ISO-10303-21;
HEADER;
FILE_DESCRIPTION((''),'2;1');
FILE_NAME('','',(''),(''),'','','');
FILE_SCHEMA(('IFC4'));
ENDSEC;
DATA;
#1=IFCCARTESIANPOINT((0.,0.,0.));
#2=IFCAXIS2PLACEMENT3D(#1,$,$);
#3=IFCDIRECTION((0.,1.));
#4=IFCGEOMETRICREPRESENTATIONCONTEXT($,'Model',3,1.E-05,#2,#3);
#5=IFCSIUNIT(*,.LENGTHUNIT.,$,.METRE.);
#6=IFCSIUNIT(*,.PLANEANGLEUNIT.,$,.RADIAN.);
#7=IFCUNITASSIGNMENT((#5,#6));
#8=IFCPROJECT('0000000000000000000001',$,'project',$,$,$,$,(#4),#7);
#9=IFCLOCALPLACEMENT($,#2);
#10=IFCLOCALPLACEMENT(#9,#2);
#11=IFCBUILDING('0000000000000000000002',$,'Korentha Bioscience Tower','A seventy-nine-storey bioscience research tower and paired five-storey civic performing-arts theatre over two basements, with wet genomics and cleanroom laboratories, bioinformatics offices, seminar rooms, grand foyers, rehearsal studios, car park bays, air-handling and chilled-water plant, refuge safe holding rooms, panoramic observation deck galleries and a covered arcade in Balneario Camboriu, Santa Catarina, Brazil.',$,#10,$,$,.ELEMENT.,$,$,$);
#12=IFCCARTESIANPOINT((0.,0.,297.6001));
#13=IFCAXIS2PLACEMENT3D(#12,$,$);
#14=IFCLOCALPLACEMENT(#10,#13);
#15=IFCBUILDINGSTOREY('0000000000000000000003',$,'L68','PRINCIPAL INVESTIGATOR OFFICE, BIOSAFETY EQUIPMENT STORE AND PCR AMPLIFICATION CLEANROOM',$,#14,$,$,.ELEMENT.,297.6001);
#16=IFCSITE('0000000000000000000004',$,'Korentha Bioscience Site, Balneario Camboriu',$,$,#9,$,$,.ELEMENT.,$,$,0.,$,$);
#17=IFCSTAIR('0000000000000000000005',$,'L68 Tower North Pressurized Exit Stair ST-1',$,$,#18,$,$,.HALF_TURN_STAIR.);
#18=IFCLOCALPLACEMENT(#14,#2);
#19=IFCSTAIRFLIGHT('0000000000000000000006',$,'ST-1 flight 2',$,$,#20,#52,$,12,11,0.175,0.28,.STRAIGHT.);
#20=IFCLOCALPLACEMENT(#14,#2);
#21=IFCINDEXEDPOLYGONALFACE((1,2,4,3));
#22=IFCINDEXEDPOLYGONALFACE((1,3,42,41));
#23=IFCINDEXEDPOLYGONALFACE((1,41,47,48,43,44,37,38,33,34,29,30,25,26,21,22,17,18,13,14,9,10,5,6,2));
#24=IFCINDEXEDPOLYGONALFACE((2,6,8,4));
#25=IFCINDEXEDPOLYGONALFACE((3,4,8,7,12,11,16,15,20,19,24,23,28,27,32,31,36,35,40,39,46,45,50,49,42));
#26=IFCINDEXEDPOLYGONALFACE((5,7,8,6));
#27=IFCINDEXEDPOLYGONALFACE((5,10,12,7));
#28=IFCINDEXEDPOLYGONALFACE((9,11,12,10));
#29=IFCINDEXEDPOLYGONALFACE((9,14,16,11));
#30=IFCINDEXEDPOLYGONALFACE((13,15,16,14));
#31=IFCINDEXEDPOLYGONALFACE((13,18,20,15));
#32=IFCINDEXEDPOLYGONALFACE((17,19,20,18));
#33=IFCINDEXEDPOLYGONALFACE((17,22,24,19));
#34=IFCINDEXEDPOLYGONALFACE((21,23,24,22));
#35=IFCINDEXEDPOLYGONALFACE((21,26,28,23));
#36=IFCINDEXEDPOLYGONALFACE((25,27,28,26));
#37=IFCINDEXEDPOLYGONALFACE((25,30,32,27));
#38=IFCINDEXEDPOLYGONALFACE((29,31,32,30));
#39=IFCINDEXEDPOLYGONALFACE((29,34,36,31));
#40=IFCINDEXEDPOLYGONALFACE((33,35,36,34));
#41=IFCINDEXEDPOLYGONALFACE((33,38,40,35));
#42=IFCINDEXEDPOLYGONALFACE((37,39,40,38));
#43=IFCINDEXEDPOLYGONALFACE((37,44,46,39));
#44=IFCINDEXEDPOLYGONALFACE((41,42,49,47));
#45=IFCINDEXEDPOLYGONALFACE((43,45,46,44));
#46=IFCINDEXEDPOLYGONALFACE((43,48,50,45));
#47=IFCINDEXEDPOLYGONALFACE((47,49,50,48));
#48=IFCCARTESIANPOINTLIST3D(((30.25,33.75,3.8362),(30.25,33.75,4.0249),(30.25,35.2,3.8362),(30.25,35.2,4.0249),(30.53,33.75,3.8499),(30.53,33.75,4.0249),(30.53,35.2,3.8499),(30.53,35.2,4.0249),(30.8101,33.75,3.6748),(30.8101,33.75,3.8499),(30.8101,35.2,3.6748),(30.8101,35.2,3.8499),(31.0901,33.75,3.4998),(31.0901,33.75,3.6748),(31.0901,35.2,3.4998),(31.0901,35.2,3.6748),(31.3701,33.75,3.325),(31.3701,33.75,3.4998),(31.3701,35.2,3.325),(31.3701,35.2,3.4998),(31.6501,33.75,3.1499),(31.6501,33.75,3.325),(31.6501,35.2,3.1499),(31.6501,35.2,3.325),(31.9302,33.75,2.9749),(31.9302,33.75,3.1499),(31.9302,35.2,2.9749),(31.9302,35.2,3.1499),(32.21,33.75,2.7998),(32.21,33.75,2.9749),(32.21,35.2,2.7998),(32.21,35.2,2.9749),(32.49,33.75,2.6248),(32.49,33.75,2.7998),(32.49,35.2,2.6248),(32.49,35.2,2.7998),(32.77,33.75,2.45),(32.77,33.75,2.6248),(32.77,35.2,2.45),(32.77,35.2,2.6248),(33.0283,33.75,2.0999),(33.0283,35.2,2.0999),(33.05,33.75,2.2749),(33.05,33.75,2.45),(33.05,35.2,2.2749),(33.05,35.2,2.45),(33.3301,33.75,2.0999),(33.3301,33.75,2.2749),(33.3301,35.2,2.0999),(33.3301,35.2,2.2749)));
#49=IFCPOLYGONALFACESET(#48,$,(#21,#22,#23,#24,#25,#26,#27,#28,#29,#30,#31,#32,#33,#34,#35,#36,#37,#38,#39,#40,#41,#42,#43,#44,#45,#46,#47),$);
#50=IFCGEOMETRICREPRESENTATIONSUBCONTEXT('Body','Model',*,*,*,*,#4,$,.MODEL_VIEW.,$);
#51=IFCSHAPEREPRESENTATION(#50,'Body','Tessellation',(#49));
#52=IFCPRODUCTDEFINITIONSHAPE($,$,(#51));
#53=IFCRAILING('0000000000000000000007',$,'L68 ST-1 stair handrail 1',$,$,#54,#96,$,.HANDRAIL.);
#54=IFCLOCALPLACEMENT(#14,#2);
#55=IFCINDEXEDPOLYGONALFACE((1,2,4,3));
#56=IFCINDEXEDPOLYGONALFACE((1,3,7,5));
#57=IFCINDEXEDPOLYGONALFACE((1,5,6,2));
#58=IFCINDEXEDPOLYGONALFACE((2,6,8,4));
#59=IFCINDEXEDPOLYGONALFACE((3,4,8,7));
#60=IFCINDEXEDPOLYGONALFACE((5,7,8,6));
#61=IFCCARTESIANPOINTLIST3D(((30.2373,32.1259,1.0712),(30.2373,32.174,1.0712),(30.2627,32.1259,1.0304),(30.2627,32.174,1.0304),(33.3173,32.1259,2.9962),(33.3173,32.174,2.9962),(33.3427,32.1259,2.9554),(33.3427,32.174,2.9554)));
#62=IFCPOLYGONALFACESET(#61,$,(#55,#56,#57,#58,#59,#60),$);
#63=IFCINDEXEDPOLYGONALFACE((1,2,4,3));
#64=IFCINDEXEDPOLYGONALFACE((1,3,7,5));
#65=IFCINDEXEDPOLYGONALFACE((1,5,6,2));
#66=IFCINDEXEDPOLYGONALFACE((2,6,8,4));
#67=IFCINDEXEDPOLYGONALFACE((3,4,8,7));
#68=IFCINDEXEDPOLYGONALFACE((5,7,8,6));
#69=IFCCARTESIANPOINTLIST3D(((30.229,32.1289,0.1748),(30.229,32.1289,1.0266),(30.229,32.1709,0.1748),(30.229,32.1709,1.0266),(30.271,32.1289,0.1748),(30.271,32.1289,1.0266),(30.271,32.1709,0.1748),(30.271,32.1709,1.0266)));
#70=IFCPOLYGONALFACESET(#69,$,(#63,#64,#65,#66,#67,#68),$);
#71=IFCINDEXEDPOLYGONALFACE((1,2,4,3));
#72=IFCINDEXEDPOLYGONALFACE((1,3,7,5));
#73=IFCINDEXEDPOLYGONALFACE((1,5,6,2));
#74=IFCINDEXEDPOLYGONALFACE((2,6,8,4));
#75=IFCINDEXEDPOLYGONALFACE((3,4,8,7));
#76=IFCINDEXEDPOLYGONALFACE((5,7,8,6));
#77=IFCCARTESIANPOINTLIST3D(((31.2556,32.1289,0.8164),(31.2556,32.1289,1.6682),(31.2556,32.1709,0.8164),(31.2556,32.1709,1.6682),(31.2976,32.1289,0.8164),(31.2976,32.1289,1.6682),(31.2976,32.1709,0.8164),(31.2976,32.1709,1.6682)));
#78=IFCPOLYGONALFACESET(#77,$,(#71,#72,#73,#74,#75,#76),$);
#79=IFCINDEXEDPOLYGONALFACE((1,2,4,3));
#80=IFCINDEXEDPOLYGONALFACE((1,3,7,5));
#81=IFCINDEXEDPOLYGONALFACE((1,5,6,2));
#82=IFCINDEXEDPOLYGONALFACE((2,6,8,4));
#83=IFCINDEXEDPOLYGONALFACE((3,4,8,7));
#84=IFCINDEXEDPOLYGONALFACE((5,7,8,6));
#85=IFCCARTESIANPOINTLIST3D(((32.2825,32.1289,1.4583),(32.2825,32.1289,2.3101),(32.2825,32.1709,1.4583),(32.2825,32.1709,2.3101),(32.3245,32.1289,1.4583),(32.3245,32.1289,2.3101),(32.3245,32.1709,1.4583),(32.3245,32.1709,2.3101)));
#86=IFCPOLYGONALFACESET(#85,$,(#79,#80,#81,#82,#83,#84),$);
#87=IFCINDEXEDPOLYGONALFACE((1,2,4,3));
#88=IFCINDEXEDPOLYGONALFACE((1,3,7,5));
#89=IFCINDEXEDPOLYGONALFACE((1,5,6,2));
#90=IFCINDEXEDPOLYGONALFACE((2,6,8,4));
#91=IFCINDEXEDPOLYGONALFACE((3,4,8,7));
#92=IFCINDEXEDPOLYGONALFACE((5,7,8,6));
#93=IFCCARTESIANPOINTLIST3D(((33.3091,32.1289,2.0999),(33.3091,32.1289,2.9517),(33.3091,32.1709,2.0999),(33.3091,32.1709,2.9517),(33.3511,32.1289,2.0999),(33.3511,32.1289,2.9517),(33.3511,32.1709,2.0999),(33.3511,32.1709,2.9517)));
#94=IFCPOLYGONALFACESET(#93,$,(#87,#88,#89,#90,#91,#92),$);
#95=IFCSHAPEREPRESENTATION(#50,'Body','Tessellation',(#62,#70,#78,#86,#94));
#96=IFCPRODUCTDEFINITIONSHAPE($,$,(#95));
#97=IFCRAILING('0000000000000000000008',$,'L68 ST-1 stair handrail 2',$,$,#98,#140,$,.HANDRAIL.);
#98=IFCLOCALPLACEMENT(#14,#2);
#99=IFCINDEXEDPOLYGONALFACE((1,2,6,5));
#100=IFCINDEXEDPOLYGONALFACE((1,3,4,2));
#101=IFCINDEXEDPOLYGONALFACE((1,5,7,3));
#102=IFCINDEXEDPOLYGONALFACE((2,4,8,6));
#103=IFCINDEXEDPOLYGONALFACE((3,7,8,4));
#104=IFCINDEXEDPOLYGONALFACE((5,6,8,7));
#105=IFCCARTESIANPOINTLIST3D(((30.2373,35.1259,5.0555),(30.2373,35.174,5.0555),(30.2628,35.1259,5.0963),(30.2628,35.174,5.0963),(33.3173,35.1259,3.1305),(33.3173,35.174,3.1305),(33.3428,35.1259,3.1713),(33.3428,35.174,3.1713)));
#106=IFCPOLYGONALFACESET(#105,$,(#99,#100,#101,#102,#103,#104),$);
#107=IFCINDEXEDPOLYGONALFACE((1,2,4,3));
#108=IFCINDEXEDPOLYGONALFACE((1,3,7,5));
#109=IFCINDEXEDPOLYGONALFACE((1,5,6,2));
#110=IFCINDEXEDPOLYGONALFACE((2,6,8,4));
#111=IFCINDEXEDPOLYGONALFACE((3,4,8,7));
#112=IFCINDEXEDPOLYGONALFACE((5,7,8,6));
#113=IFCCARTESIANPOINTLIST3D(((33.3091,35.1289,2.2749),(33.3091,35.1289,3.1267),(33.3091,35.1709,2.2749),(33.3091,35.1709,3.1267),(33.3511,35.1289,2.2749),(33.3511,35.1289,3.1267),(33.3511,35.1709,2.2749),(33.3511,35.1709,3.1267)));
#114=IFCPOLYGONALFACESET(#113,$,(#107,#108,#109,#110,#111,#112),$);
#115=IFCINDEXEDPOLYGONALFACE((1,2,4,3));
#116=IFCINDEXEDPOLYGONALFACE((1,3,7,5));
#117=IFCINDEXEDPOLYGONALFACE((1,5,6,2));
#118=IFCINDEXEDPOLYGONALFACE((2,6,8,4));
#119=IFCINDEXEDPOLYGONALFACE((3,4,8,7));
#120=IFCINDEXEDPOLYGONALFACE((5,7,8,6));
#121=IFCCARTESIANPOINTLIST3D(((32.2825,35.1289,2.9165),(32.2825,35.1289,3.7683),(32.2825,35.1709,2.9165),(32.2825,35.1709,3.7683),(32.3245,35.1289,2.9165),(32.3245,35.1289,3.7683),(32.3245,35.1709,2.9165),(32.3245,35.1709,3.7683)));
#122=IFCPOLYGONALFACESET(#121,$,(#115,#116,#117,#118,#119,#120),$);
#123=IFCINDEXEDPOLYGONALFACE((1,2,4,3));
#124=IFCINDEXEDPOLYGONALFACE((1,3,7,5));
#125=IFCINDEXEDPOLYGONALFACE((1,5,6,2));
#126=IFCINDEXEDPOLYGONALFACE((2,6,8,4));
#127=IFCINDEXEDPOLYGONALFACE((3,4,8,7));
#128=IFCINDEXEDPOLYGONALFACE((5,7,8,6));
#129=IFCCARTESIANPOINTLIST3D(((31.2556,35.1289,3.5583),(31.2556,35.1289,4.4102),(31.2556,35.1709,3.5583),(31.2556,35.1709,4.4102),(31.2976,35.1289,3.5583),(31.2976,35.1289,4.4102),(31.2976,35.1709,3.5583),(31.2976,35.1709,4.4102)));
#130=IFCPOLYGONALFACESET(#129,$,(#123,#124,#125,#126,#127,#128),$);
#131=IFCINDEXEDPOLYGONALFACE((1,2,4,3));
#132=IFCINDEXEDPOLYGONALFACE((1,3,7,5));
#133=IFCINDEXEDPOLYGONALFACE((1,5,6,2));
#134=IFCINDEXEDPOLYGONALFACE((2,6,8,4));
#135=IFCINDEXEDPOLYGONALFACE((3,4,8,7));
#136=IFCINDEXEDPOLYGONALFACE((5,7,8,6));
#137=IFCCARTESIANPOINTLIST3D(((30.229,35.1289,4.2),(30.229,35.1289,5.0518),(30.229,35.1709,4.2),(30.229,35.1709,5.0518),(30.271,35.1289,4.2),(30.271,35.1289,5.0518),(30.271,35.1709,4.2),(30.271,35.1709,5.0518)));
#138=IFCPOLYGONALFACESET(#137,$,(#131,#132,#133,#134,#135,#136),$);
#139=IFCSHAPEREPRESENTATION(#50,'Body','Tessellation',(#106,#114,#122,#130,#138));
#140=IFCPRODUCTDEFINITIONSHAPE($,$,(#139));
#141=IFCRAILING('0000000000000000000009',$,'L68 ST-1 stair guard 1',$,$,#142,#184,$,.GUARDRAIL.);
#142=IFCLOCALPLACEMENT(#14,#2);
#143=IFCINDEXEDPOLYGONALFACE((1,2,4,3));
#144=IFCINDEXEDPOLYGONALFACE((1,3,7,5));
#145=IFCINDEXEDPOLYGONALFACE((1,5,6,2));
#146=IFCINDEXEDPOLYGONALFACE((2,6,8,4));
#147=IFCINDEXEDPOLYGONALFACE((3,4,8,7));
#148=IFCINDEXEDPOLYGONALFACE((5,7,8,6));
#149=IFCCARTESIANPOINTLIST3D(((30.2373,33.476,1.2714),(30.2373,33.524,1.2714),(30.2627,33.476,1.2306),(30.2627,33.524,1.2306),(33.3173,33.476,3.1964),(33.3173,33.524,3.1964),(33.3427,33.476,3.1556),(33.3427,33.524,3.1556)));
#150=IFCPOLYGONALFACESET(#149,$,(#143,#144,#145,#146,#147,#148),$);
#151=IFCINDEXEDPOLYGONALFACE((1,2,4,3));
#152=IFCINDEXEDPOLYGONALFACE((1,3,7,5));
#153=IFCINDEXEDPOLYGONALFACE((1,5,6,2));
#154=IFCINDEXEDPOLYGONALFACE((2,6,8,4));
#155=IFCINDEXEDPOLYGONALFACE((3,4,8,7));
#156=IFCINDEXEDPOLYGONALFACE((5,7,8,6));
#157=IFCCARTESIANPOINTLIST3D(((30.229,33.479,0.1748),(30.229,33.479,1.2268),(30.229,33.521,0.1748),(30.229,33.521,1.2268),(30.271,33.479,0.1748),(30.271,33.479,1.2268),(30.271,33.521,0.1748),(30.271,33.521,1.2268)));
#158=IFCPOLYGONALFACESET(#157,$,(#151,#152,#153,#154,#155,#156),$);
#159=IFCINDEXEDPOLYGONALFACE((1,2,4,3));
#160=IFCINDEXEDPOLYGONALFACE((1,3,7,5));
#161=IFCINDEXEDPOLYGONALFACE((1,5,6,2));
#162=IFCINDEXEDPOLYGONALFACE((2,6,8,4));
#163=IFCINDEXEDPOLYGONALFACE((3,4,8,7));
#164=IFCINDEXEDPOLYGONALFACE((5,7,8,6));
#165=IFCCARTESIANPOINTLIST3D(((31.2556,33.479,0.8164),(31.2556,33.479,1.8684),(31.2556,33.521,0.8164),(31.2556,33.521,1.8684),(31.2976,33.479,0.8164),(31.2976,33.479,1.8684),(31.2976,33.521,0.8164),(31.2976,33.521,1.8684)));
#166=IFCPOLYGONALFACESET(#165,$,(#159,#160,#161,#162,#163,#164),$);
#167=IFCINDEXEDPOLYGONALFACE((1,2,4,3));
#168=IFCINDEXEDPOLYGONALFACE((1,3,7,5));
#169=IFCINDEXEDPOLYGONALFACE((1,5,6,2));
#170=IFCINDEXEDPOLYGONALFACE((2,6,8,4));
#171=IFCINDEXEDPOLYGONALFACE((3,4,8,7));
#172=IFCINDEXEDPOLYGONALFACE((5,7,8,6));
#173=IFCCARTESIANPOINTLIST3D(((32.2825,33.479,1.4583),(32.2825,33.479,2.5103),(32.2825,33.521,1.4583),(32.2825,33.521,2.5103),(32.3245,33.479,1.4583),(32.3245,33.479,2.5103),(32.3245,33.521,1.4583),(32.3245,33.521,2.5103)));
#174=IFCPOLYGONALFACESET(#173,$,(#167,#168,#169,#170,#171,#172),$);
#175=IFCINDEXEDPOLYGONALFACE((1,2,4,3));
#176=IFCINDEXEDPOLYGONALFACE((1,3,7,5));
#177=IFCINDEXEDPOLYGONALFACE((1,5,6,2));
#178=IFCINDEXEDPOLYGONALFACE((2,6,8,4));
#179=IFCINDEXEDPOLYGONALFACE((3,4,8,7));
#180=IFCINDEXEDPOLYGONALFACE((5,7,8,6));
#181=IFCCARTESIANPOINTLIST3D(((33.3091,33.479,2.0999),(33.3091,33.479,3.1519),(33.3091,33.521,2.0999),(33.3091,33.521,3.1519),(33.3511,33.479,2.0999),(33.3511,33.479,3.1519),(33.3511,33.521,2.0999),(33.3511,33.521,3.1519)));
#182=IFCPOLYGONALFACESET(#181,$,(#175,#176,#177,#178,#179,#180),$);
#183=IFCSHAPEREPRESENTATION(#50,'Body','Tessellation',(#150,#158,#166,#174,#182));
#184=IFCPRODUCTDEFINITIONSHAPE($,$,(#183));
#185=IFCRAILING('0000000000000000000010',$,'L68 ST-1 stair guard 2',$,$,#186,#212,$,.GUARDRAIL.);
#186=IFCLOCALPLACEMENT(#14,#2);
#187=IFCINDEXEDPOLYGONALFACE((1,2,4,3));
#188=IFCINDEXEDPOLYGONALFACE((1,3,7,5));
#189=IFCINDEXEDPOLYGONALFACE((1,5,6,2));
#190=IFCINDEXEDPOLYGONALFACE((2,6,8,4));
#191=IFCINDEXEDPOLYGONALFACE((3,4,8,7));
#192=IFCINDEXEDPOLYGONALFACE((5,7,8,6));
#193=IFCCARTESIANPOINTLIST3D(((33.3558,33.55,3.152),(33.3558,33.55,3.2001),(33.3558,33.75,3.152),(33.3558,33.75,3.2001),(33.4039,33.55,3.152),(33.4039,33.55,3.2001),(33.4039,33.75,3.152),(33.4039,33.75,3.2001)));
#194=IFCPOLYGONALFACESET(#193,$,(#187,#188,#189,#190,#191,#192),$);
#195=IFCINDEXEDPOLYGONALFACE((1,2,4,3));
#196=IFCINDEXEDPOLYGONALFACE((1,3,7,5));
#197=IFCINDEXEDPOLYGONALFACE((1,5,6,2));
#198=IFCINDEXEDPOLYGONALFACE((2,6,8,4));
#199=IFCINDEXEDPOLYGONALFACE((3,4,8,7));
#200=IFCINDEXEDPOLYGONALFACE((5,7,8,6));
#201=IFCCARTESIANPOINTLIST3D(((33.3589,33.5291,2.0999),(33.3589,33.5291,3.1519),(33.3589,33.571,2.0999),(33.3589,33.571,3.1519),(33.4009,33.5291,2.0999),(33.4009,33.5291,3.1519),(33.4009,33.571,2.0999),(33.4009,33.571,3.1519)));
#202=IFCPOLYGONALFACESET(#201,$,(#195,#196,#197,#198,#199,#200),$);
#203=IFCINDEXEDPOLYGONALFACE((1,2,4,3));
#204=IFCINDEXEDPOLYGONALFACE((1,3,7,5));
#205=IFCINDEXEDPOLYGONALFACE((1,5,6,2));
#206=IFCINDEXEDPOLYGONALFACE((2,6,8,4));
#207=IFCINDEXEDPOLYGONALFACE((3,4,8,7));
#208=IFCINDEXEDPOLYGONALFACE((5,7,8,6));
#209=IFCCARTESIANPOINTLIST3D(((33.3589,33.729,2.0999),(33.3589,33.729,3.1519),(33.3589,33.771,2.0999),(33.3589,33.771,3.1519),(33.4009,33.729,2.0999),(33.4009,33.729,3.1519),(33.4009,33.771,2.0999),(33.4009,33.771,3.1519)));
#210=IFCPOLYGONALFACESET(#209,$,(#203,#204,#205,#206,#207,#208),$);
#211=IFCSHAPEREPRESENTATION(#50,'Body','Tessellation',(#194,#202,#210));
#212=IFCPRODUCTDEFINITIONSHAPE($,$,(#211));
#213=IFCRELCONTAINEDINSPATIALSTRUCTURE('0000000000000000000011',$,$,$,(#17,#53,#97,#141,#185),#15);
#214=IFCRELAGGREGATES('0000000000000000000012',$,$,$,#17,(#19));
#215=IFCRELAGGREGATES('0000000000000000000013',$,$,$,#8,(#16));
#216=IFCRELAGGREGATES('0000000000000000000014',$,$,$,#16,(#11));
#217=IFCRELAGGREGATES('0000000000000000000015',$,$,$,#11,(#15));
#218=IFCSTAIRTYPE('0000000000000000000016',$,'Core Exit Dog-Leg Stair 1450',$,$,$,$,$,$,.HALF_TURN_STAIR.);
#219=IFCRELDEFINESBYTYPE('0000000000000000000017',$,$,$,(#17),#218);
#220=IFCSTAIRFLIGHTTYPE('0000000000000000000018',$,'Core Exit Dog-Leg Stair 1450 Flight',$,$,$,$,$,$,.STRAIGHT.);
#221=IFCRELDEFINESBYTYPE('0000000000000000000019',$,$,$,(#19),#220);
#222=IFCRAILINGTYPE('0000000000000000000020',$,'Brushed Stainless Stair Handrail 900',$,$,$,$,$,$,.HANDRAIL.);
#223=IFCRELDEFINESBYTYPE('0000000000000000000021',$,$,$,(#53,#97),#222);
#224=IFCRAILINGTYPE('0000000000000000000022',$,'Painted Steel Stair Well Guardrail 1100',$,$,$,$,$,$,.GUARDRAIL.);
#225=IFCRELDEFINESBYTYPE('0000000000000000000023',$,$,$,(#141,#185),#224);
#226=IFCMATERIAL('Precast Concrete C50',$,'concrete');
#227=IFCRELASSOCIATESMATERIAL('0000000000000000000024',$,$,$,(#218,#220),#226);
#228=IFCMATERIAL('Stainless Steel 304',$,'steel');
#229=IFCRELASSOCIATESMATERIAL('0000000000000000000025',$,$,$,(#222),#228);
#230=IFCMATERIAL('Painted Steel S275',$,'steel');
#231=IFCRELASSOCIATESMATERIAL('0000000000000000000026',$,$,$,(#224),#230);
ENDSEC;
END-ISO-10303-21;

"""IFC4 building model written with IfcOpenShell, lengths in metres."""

from ifc_helpers import new_model, si_unit, direction, frame, origin, origin_2d, place, context, subcontext, project, spatial, polyline, rectangle, outline, extrude, material, type_object, element, aggregate, save


model = new_model("IFC4")

# Units and contexts
model_context = context("Model", 3, precision=1e-05, world=origin(), true_north=direction((0.0, 1.0)))
body_context = subcontext(model_context, "Body", "Model", "MODEL_VIEW")
ifc_project = project(units=[si_unit("LENGTHUNIT", "METRE"), si_unit("PLANEANGLEUNIT", "RADIAN")], contexts=[model_context])

# Site, building, storey
site_placement = place(None, origin())
site = spatial("IfcSite", under=ifc_project, at=site_placement, Name="Korentha Bioscience Site, Balneario Camboriu", CompositionType="ELEMENT", RefElevation=0.0)
building_placement = place(site_placement, origin())
building = spatial("IfcBuilding", under=site, at=building_placement, Name="Korentha Bioscience Tower", Description="A seventy-nine-storey bioscience research tower and paired five-storey civic performing-arts theatre over two basements, with wet genomics and cleanroom laboratories, bioinformatics offices, seminar rooms, grand foyers, rehearsal studios, car park bays, air-handling and chilled-water plant, refuge safe holding rooms, panoramic observation deck galleries and a covered arcade in Balneario Camboriu, Santa Catarina, Brazil.", CompositionType="ELEMENT")
storey_placement = place(building_placement, frame((0.0, 0.0, 297.6001)))
storey = spatial("IfcBuildingStorey", under=building, at=storey_placement, Name="L68", Description="PRINCIPAL INVESTIGATOR OFFICE, BIOSAFETY EQUIPMENT STORE AND PCR AMPLIFICATION CLEANROOM", CompositionType="ELEMENT", Elevation=297.6001)

# Stair, stair flight
ifc_material_1 = material(Name="Precast Concrete C50", Category="concrete")
stair_type = type_object("IfcStairType", Name="Core Exit Dog-Leg Stair 1450", PredefinedType="HALF_TURN_STAIR", material=ifc_material_1)
stair_placement = place(storey_placement, origin())
stair = element("IfcStair", 1, at=stair_placement, inside=storey, type_object=stair_type, Name="L68 Tower North Pressurized Exit Stair ST-1", PredefinedType="HALF_TURN_STAIR")
stair_flight_type = type_object("IfcStairFlightType", Name="Core Exit Dog-Leg Stair 1450 Flight", PredefinedType="STRAIGHT", material=ifc_material_1)
stair_flight_1_placement = place(storey_placement, frame((33.3301, 34.4751, 2.0999), z_axis=(0.0, 0.0, 1.0), x_axis=(-1.0, 0.0, 0.0)))
stair_flight_1 = element("IfcStairFlight", 2, at=stair_flight_1_placement, type_object=stair_flight_type, Name="ST-1 flight 2", NumberOfRisers=12, NumberOfTreads=11, PredefinedType="STRAIGHT", RiserHeight=0.175, TreadLength=0.28, context=body_context, shape_type="SweptSolid", body=[
    extrude(outline(polyline([(0.0, 0.0), (0.0, 0.175), (0.28, 0.175), (0.28, 0.3501), (0.5601, 0.3501), (0.5601, 0.5249), (0.8401, 0.5249), (0.8401, 0.7), (1.1201, 0.7), (1.1201, 0.875), (1.3999, 0.875), (1.3999, 1.05), (1.6799, 1.05), (1.6799, 1.2251), (1.96, 1.2251), (1.96, 1.3999), (2.24, 1.3999), (2.24, 1.575), (2.52, 1.575), (2.52, 1.75), (2.8, 1.75), (2.8, 1.925), (3.0801, 1.925), (3.0801, 2.1001), (3.0801, 1.7363), (0.3018, 0.0), (0.0, 0.0)])), frame((0.0, 0.7251, 0.0), z_axis=(0.0, -1.0, 0.0), x_axis=(1.0, 0.0, 0.0)), (0.0, 0.0, 1.0), 1.45),
])
aggregate(stair, [stair_flight_1])

# Railings
ifc_material_2 = material(Name="Stainless Steel 304", Category="steel")
railing_type_1 = type_object("IfcRailingType", Name="Brushed Stainless Stair Handrail 900", PredefinedType="HANDRAIL", material=ifc_material_2)
railing_1_placement = place(storey_placement, frame((30.25, 32.1499, 0.1748)))
element("IfcRailing", 3, at=railing_1_placement, inside=storey, type_object=railing_type_1, Name="L68 ST-1 stair handrail 1", PredefinedType="HANDRAIL", context=body_context, shape_type="SweptSolid", body=[
    extrude(rectangle(XDim=0.0481, YDim=0.0481, at=origin_2d()), frame((0.0, 0.0, 0.876), z_axis=(0.847998, 0.0, 0.529999), x_axis=(0.0, 1.0, 0.0)), (0.0, 0.0, 1.0), 3.6321),
    extrude(rectangle(XDim=0.042, YDim=0.042, at=origin_2d()), origin(), (0.0, 0.0, 1.0), 0.8518),
    extrude(rectangle(XDim=0.042, YDim=0.042, at=origin_2d()), frame((1.0266, 0.0, 0.6416)), (0.0, 0.0, 1.0), 0.8518),
    extrude(rectangle(XDim=0.042, YDim=0.042, at=origin_2d()), frame((2.0535, 0.0, 1.2834)), (0.0, 0.0, 1.0), 0.8518),
    extrude(rectangle(XDim=0.042, YDim=0.042, at=origin_2d()), frame((3.0801, 0.0, 1.925)), (0.0, 0.0, 1.0), 0.8518),
])
railing_2_placement = place(storey_placement, frame((33.3301, 35.1499, 2.2749)))
element("IfcRailing", 4, at=railing_2_placement, inside=storey, type_object=railing_type_1, Name="L68 ST-1 stair handrail 2", PredefinedType="HANDRAIL", context=body_context, shape_type="SweptSolid", body=[
    extrude(rectangle(XDim=0.0481, YDim=0.0481, at=origin_2d()), frame((0.0, 0.0, 0.876), z_axis=(-0.847998, 0.0, 0.529999), x_axis=(0.0, -1.0, 0.0)), (0.0, 0.0, 1.0), 3.6321),
    extrude(rectangle(XDim=0.042, YDim=0.042, at=origin_2d()), origin(), (0.0, 0.0, 1.0), 0.8518),
    extrude(rectangle(XDim=0.042, YDim=0.042, at=origin_2d()), frame((-1.0266, 0.0, 0.6416)), (0.0, 0.0, 1.0), 0.8518),
    extrude(rectangle(XDim=0.042, YDim=0.042, at=origin_2d()), frame((-2.0535, 0.0, 1.2834)), (0.0, 0.0, 1.0), 0.8518),
    extrude(rectangle(XDim=0.042, YDim=0.042, at=origin_2d()), frame((-3.0801, 0.0, 1.925)), (0.0, 0.0, 1.0), 0.8518),
])
ifc_material_3 = material(Name="Painted Steel S275", Category="steel")
railing_type_2 = type_object("IfcRailingType", Name="Painted Steel Stair Well Guardrail 1100", PredefinedType="GUARDRAIL", material=ifc_material_3)
railing_3_placement = place(storey_placement, frame((30.25, 33.5, 0.1748)))
element("IfcRailing", 5, at=railing_3_placement, inside=storey, type_object=railing_type_2, Name="L68 ST-1 stair guard 1", PredefinedType="GUARDRAIL", context=body_context, shape_type="SweptSolid", body=[
    extrude(rectangle(XDim=0.0481, YDim=0.0481, at=origin_2d()), frame((0.0, 0.0, 1.0762), z_axis=(0.847998, 0.0, 0.529999), x_axis=(0.0, 1.0, 0.0)), (0.0, 0.0, 1.0), 3.6321),
    extrude(rectangle(XDim=0.042, YDim=0.042, at=origin_2d()), origin(), (0.0, 0.0, 1.0), 1.052),
    extrude(rectangle(XDim=0.042, YDim=0.042, at=origin_2d()), frame((1.0266, 0.0, 0.6416)), (0.0, 0.0, 1.0), 1.052),
    extrude(rectangle(XDim=0.042, YDim=0.042, at=origin_2d()), frame((2.0535, 0.0, 1.2834)), (0.0, 0.0, 1.0), 1.052),
    extrude(rectangle(XDim=0.042, YDim=0.042, at=origin_2d()), frame((3.0801, 0.0, 1.925)), (0.0, 0.0, 1.0), 1.052),
])
railing_4_placement = place(storey_placement, frame((33.3799, 33.55, 2.0999)))
element("IfcRailing", 6, at=railing_4_placement, inside=storey, type_object=railing_type_2, Name="L68 ST-1 stair guard 2", PredefinedType="GUARDRAIL", context=body_context, shape_type="SweptSolid", body=[
    extrude(rectangle(XDim=0.0481, YDim=0.0481, at=origin_2d()), frame((0.0, 0.0, 1.0762), z_axis=(0.0, 1.0, 0.0), x_axis=(-1.0, 0.0, 0.0)), (0.0, 0.0, 1.0), 0.2),
    extrude(rectangle(XDim=0.042, YDim=0.042, at=origin_2d()), origin(), (0.0, 0.0, 1.0), 1.052),
    extrude(rectangle(XDim=0.042, YDim=0.042, at=origin_2d()), frame((0.0, 0.2, 0.0)), (0.0, 0.0, 1.0), 1.052),
])

save(model, "model.ifc")
